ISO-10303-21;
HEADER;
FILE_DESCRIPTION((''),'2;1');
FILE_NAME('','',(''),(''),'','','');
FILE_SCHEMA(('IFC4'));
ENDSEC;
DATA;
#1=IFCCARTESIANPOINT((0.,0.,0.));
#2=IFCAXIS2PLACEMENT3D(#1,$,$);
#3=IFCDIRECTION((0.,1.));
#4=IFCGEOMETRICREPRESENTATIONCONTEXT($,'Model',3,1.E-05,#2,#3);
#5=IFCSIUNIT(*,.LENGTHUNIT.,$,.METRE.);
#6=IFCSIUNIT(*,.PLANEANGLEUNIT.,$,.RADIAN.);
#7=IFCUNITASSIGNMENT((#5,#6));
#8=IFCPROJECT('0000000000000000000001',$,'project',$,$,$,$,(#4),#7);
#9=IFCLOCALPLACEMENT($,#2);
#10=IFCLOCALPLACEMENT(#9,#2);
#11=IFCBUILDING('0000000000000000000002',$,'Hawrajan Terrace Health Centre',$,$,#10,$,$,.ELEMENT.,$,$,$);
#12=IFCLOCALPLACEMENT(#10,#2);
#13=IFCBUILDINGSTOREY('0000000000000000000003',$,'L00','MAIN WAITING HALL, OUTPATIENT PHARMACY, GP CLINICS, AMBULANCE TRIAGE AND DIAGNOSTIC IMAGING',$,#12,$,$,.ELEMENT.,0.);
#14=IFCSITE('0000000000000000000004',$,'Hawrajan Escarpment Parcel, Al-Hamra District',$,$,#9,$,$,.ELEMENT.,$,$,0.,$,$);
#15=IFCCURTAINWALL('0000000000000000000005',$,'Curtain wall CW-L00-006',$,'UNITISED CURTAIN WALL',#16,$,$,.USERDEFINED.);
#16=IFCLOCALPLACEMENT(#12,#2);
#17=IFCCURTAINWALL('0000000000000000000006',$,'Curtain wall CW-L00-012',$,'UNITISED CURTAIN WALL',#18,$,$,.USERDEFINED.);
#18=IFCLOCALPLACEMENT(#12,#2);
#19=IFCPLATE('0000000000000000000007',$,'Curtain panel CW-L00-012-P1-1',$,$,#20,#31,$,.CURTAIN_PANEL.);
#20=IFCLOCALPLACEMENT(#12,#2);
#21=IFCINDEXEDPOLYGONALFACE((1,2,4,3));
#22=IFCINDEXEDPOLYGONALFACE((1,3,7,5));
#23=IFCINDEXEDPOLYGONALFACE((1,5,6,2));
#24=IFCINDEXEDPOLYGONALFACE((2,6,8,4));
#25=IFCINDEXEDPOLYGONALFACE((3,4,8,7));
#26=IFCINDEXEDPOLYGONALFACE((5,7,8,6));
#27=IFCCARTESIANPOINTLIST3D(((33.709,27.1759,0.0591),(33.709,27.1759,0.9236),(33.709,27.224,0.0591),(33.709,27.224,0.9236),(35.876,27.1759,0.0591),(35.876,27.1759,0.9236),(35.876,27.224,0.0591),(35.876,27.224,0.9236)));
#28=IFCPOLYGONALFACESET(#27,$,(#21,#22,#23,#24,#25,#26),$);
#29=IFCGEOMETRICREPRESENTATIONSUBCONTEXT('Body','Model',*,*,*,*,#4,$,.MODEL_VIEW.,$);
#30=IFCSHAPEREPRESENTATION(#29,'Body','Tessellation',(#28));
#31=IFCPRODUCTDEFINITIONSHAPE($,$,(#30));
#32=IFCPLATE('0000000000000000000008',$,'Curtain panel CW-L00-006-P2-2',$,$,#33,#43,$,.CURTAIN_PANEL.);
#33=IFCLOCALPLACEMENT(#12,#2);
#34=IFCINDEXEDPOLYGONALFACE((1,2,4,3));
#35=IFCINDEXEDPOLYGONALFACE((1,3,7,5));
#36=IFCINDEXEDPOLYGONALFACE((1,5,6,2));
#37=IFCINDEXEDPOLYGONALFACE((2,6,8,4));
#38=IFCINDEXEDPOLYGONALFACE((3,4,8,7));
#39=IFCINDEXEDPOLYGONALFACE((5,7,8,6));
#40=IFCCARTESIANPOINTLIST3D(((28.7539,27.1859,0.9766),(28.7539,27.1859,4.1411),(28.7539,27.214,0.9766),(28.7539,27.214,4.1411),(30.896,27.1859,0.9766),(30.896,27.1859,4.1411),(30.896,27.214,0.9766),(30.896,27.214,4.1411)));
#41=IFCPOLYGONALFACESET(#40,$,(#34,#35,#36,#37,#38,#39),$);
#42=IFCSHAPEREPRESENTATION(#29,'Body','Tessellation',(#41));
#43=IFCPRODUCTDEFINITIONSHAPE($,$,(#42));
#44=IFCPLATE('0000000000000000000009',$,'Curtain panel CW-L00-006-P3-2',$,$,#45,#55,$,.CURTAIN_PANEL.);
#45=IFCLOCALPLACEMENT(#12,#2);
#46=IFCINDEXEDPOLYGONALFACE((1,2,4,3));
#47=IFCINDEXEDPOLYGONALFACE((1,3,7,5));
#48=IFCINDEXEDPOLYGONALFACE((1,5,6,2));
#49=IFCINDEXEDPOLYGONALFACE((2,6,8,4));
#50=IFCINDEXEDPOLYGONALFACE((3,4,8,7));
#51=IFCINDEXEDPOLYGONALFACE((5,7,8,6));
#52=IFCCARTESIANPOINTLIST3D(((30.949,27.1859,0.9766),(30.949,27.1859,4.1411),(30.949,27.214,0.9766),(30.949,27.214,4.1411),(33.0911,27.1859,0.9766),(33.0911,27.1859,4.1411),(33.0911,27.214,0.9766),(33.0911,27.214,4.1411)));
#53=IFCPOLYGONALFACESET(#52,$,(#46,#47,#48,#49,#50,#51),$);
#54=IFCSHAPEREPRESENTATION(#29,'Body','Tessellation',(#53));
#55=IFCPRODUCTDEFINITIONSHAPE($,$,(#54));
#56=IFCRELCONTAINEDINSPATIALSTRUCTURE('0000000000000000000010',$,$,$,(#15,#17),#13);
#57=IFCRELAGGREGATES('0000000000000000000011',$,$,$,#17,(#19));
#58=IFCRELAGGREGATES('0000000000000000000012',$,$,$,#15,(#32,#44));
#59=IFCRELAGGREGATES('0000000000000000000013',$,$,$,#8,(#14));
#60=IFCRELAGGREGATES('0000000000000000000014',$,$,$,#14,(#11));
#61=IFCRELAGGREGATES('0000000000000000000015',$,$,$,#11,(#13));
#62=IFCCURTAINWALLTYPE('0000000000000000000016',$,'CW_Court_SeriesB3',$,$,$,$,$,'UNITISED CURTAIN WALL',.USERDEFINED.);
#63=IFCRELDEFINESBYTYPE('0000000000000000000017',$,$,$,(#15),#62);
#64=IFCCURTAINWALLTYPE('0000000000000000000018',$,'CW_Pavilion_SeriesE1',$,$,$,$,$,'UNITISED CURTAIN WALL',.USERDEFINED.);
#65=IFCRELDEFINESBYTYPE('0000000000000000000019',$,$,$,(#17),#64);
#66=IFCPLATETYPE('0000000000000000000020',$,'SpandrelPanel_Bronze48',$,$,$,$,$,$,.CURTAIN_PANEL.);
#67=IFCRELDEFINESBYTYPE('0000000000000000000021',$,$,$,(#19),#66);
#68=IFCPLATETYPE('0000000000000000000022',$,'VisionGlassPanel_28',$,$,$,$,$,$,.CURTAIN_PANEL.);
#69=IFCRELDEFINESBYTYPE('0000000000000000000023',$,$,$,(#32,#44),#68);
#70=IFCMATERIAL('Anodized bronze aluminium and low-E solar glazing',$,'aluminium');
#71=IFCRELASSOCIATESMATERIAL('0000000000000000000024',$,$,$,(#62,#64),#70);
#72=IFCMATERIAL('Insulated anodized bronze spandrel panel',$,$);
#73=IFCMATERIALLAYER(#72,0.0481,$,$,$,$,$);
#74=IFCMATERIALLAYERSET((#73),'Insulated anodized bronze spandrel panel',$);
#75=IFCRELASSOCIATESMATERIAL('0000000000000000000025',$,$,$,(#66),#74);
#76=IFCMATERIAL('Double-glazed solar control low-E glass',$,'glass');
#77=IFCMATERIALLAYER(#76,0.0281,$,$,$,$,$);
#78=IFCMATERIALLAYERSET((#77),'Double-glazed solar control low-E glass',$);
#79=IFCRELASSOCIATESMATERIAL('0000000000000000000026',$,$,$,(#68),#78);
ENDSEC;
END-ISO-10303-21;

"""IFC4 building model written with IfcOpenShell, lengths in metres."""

from ifc_helpers import new_model, si_unit, direction, frame, origin, origin_2d, place, context, subcontext, project, spatial, rectangle, extrude, material, layer, layer_set, type_object, element, aggregate, save


model = new_model("IFC4")

# Units and contexts
model_context = context("Model", 3, precision=1e-05, world=origin(), true_north=direction((0.0, 1.0)))
body_context = subcontext(model_context, "Body", "Model", "MODEL_VIEW")
ifc_project = project(units=[si_unit("LENGTHUNIT", "METRE"), si_unit("PLANEANGLEUNIT", "RADIAN")], contexts=[model_context])

# Site, building, storey
site_placement = place(None, origin())
site = spatial("IfcSite", under=ifc_project, at=site_placement, Name="Hawrajan Escarpment Parcel, Al-Hamra District", CompositionType="ELEMENT", RefElevation=0.0)
building_placement = place(site_placement, origin())
building = spatial("IfcBuilding", under=site, at=building_placement, Name="Hawrajan Terrace Health Centre", CompositionType="ELEMENT")
storey_placement = place(building_placement, origin())
storey = spatial("IfcBuildingStorey", under=building, at=storey_placement, Name="L00", Description="MAIN WAITING HALL, OUTPATIENT PHARMACY, GP CLINICS, AMBULANCE TRIAGE AND DIAGNOSTIC IMAGING", CompositionType="ELEMENT", Elevation=0.0)

# Curtain wall
ifc_material_1 = material(Name="Anodized bronze aluminium and low-E solar glazing", Category="aluminium")
curtain_wall_type_1 = type_object("IfcCurtainWallType", Name="CW_Court_SeriesB3", ElementType="UNITISED CURTAIN WALL", PredefinedType="USERDEFINED", material=ifc_material_1)
curtain_wall_1_placement = place(storey_placement, origin())
curtain_wall_1 = element("IfcCurtainWall", 1, at=curtain_wall_1_placement, inside=storey, type_object=curtain_wall_type_1, Name="Curtain wall CW-L00-006", ObjectType="UNITISED CURTAIN WALL", PredefinedType="USERDEFINED")

# Curtain wall
curtain_wall_type_2 = type_object("IfcCurtainWallType", Name="CW_Pavilion_SeriesE1", ElementType="UNITISED CURTAIN WALL", PredefinedType="USERDEFINED", material=ifc_material_1)
curtain_wall_2_placement = place(storey_placement, origin())
curtain_wall_2 = element("IfcCurtainWall", 2, at=curtain_wall_2_placement, inside=storey, type_object=curtain_wall_type_2, Name="Curtain wall CW-L00-012", ObjectType="UNITISED CURTAIN WALL", PredefinedType="USERDEFINED")

# Plates
ifc_material_2 = material(Name="Insulated anodized bronze spandrel panel")
ifc_layer_1 = layer(ifc_material_2, 0.0481)
ifc_layer_set_1 = layer_set([ifc_layer_1], Name="Insulated anodized bronze spandrel panel")
plate_type_1 = type_object("IfcPlateType", Name="SpandrelPanel_Bronze48", PredefinedType="CURTAIN_PANEL", material=ifc_layer_set_1)
plate_1_placement = place(storey_placement, frame((34.7925, 27.2, 0.0591), z_axis=(0.0, 0.0, 1.0), x_axis=(1.0, 0.0, 0.0)))
plate_1 = element("IfcPlate", 3, at=plate_1_placement, type_object=plate_type_1, Name="Curtain panel CW-L00-012-P1-1", PredefinedType="CURTAIN_PANEL", context=body_context, shape_type="SweptSolid", body=[
    extrude(rectangle(XDim=2.167, YDim=0.0481, at=origin_2d()), origin(), (0.0, 0.0, 1.0), 0.8645),
])
aggregate(curtain_wall_2, [plate_1])
ifc_material_3 = material(Name="Double-glazed solar control low-E glass", Category="glass")
ifc_layer_2 = layer(ifc_material_3, 0.0281)
ifc_layer_set_2 = layer_set([ifc_layer_2], Name="Double-glazed solar control low-E glass")
plate_type_2 = type_object("IfcPlateType", Name="VisionGlassPanel_28", PredefinedType="CURTAIN_PANEL", material=ifc_layer_set_2)
plate_2_placement = place(storey_placement, frame((29.825, 27.2, 0.9766), z_axis=(0.0, 0.0, 1.0), x_axis=(1.0, 0.0, 0.0)))
plate_2 = element("IfcPlate", 4, at=plate_2_placement, type_object=plate_type_2, Name="Curtain panel CW-L00-006-P2-2", PredefinedType="CURTAIN_PANEL", context=body_context, shape_type="SweptSolid", body=[
    extrude(rectangle(XDim=2.1421, YDim=0.0281, at=origin_2d()), origin(), (0.0, 0.0, 1.0), 3.1646),
])
plate_3_placement = place(storey_placement, frame((32.02, 27.2, 0.9766), z_axis=(0.0, 0.0, 1.0), x_axis=(1.0, 0.0, 0.0)))
plate_3 = element("IfcPlate", 5, at=plate_3_placement, type_object=plate_type_2, Name="Curtain panel CW-L00-006-P3-2", PredefinedType="CURTAIN_PANEL", context=body_context, shape_type="SweptSolid", body=[
    extrude(rectangle(XDim=2.1421, YDim=0.0281, at=origin_2d()), origin(), (0.0, 0.0, 1.0), 3.1646),
])
aggregate(curtain_wall_1, [plate_2, plate_3])

save(model, "model.ifc")
